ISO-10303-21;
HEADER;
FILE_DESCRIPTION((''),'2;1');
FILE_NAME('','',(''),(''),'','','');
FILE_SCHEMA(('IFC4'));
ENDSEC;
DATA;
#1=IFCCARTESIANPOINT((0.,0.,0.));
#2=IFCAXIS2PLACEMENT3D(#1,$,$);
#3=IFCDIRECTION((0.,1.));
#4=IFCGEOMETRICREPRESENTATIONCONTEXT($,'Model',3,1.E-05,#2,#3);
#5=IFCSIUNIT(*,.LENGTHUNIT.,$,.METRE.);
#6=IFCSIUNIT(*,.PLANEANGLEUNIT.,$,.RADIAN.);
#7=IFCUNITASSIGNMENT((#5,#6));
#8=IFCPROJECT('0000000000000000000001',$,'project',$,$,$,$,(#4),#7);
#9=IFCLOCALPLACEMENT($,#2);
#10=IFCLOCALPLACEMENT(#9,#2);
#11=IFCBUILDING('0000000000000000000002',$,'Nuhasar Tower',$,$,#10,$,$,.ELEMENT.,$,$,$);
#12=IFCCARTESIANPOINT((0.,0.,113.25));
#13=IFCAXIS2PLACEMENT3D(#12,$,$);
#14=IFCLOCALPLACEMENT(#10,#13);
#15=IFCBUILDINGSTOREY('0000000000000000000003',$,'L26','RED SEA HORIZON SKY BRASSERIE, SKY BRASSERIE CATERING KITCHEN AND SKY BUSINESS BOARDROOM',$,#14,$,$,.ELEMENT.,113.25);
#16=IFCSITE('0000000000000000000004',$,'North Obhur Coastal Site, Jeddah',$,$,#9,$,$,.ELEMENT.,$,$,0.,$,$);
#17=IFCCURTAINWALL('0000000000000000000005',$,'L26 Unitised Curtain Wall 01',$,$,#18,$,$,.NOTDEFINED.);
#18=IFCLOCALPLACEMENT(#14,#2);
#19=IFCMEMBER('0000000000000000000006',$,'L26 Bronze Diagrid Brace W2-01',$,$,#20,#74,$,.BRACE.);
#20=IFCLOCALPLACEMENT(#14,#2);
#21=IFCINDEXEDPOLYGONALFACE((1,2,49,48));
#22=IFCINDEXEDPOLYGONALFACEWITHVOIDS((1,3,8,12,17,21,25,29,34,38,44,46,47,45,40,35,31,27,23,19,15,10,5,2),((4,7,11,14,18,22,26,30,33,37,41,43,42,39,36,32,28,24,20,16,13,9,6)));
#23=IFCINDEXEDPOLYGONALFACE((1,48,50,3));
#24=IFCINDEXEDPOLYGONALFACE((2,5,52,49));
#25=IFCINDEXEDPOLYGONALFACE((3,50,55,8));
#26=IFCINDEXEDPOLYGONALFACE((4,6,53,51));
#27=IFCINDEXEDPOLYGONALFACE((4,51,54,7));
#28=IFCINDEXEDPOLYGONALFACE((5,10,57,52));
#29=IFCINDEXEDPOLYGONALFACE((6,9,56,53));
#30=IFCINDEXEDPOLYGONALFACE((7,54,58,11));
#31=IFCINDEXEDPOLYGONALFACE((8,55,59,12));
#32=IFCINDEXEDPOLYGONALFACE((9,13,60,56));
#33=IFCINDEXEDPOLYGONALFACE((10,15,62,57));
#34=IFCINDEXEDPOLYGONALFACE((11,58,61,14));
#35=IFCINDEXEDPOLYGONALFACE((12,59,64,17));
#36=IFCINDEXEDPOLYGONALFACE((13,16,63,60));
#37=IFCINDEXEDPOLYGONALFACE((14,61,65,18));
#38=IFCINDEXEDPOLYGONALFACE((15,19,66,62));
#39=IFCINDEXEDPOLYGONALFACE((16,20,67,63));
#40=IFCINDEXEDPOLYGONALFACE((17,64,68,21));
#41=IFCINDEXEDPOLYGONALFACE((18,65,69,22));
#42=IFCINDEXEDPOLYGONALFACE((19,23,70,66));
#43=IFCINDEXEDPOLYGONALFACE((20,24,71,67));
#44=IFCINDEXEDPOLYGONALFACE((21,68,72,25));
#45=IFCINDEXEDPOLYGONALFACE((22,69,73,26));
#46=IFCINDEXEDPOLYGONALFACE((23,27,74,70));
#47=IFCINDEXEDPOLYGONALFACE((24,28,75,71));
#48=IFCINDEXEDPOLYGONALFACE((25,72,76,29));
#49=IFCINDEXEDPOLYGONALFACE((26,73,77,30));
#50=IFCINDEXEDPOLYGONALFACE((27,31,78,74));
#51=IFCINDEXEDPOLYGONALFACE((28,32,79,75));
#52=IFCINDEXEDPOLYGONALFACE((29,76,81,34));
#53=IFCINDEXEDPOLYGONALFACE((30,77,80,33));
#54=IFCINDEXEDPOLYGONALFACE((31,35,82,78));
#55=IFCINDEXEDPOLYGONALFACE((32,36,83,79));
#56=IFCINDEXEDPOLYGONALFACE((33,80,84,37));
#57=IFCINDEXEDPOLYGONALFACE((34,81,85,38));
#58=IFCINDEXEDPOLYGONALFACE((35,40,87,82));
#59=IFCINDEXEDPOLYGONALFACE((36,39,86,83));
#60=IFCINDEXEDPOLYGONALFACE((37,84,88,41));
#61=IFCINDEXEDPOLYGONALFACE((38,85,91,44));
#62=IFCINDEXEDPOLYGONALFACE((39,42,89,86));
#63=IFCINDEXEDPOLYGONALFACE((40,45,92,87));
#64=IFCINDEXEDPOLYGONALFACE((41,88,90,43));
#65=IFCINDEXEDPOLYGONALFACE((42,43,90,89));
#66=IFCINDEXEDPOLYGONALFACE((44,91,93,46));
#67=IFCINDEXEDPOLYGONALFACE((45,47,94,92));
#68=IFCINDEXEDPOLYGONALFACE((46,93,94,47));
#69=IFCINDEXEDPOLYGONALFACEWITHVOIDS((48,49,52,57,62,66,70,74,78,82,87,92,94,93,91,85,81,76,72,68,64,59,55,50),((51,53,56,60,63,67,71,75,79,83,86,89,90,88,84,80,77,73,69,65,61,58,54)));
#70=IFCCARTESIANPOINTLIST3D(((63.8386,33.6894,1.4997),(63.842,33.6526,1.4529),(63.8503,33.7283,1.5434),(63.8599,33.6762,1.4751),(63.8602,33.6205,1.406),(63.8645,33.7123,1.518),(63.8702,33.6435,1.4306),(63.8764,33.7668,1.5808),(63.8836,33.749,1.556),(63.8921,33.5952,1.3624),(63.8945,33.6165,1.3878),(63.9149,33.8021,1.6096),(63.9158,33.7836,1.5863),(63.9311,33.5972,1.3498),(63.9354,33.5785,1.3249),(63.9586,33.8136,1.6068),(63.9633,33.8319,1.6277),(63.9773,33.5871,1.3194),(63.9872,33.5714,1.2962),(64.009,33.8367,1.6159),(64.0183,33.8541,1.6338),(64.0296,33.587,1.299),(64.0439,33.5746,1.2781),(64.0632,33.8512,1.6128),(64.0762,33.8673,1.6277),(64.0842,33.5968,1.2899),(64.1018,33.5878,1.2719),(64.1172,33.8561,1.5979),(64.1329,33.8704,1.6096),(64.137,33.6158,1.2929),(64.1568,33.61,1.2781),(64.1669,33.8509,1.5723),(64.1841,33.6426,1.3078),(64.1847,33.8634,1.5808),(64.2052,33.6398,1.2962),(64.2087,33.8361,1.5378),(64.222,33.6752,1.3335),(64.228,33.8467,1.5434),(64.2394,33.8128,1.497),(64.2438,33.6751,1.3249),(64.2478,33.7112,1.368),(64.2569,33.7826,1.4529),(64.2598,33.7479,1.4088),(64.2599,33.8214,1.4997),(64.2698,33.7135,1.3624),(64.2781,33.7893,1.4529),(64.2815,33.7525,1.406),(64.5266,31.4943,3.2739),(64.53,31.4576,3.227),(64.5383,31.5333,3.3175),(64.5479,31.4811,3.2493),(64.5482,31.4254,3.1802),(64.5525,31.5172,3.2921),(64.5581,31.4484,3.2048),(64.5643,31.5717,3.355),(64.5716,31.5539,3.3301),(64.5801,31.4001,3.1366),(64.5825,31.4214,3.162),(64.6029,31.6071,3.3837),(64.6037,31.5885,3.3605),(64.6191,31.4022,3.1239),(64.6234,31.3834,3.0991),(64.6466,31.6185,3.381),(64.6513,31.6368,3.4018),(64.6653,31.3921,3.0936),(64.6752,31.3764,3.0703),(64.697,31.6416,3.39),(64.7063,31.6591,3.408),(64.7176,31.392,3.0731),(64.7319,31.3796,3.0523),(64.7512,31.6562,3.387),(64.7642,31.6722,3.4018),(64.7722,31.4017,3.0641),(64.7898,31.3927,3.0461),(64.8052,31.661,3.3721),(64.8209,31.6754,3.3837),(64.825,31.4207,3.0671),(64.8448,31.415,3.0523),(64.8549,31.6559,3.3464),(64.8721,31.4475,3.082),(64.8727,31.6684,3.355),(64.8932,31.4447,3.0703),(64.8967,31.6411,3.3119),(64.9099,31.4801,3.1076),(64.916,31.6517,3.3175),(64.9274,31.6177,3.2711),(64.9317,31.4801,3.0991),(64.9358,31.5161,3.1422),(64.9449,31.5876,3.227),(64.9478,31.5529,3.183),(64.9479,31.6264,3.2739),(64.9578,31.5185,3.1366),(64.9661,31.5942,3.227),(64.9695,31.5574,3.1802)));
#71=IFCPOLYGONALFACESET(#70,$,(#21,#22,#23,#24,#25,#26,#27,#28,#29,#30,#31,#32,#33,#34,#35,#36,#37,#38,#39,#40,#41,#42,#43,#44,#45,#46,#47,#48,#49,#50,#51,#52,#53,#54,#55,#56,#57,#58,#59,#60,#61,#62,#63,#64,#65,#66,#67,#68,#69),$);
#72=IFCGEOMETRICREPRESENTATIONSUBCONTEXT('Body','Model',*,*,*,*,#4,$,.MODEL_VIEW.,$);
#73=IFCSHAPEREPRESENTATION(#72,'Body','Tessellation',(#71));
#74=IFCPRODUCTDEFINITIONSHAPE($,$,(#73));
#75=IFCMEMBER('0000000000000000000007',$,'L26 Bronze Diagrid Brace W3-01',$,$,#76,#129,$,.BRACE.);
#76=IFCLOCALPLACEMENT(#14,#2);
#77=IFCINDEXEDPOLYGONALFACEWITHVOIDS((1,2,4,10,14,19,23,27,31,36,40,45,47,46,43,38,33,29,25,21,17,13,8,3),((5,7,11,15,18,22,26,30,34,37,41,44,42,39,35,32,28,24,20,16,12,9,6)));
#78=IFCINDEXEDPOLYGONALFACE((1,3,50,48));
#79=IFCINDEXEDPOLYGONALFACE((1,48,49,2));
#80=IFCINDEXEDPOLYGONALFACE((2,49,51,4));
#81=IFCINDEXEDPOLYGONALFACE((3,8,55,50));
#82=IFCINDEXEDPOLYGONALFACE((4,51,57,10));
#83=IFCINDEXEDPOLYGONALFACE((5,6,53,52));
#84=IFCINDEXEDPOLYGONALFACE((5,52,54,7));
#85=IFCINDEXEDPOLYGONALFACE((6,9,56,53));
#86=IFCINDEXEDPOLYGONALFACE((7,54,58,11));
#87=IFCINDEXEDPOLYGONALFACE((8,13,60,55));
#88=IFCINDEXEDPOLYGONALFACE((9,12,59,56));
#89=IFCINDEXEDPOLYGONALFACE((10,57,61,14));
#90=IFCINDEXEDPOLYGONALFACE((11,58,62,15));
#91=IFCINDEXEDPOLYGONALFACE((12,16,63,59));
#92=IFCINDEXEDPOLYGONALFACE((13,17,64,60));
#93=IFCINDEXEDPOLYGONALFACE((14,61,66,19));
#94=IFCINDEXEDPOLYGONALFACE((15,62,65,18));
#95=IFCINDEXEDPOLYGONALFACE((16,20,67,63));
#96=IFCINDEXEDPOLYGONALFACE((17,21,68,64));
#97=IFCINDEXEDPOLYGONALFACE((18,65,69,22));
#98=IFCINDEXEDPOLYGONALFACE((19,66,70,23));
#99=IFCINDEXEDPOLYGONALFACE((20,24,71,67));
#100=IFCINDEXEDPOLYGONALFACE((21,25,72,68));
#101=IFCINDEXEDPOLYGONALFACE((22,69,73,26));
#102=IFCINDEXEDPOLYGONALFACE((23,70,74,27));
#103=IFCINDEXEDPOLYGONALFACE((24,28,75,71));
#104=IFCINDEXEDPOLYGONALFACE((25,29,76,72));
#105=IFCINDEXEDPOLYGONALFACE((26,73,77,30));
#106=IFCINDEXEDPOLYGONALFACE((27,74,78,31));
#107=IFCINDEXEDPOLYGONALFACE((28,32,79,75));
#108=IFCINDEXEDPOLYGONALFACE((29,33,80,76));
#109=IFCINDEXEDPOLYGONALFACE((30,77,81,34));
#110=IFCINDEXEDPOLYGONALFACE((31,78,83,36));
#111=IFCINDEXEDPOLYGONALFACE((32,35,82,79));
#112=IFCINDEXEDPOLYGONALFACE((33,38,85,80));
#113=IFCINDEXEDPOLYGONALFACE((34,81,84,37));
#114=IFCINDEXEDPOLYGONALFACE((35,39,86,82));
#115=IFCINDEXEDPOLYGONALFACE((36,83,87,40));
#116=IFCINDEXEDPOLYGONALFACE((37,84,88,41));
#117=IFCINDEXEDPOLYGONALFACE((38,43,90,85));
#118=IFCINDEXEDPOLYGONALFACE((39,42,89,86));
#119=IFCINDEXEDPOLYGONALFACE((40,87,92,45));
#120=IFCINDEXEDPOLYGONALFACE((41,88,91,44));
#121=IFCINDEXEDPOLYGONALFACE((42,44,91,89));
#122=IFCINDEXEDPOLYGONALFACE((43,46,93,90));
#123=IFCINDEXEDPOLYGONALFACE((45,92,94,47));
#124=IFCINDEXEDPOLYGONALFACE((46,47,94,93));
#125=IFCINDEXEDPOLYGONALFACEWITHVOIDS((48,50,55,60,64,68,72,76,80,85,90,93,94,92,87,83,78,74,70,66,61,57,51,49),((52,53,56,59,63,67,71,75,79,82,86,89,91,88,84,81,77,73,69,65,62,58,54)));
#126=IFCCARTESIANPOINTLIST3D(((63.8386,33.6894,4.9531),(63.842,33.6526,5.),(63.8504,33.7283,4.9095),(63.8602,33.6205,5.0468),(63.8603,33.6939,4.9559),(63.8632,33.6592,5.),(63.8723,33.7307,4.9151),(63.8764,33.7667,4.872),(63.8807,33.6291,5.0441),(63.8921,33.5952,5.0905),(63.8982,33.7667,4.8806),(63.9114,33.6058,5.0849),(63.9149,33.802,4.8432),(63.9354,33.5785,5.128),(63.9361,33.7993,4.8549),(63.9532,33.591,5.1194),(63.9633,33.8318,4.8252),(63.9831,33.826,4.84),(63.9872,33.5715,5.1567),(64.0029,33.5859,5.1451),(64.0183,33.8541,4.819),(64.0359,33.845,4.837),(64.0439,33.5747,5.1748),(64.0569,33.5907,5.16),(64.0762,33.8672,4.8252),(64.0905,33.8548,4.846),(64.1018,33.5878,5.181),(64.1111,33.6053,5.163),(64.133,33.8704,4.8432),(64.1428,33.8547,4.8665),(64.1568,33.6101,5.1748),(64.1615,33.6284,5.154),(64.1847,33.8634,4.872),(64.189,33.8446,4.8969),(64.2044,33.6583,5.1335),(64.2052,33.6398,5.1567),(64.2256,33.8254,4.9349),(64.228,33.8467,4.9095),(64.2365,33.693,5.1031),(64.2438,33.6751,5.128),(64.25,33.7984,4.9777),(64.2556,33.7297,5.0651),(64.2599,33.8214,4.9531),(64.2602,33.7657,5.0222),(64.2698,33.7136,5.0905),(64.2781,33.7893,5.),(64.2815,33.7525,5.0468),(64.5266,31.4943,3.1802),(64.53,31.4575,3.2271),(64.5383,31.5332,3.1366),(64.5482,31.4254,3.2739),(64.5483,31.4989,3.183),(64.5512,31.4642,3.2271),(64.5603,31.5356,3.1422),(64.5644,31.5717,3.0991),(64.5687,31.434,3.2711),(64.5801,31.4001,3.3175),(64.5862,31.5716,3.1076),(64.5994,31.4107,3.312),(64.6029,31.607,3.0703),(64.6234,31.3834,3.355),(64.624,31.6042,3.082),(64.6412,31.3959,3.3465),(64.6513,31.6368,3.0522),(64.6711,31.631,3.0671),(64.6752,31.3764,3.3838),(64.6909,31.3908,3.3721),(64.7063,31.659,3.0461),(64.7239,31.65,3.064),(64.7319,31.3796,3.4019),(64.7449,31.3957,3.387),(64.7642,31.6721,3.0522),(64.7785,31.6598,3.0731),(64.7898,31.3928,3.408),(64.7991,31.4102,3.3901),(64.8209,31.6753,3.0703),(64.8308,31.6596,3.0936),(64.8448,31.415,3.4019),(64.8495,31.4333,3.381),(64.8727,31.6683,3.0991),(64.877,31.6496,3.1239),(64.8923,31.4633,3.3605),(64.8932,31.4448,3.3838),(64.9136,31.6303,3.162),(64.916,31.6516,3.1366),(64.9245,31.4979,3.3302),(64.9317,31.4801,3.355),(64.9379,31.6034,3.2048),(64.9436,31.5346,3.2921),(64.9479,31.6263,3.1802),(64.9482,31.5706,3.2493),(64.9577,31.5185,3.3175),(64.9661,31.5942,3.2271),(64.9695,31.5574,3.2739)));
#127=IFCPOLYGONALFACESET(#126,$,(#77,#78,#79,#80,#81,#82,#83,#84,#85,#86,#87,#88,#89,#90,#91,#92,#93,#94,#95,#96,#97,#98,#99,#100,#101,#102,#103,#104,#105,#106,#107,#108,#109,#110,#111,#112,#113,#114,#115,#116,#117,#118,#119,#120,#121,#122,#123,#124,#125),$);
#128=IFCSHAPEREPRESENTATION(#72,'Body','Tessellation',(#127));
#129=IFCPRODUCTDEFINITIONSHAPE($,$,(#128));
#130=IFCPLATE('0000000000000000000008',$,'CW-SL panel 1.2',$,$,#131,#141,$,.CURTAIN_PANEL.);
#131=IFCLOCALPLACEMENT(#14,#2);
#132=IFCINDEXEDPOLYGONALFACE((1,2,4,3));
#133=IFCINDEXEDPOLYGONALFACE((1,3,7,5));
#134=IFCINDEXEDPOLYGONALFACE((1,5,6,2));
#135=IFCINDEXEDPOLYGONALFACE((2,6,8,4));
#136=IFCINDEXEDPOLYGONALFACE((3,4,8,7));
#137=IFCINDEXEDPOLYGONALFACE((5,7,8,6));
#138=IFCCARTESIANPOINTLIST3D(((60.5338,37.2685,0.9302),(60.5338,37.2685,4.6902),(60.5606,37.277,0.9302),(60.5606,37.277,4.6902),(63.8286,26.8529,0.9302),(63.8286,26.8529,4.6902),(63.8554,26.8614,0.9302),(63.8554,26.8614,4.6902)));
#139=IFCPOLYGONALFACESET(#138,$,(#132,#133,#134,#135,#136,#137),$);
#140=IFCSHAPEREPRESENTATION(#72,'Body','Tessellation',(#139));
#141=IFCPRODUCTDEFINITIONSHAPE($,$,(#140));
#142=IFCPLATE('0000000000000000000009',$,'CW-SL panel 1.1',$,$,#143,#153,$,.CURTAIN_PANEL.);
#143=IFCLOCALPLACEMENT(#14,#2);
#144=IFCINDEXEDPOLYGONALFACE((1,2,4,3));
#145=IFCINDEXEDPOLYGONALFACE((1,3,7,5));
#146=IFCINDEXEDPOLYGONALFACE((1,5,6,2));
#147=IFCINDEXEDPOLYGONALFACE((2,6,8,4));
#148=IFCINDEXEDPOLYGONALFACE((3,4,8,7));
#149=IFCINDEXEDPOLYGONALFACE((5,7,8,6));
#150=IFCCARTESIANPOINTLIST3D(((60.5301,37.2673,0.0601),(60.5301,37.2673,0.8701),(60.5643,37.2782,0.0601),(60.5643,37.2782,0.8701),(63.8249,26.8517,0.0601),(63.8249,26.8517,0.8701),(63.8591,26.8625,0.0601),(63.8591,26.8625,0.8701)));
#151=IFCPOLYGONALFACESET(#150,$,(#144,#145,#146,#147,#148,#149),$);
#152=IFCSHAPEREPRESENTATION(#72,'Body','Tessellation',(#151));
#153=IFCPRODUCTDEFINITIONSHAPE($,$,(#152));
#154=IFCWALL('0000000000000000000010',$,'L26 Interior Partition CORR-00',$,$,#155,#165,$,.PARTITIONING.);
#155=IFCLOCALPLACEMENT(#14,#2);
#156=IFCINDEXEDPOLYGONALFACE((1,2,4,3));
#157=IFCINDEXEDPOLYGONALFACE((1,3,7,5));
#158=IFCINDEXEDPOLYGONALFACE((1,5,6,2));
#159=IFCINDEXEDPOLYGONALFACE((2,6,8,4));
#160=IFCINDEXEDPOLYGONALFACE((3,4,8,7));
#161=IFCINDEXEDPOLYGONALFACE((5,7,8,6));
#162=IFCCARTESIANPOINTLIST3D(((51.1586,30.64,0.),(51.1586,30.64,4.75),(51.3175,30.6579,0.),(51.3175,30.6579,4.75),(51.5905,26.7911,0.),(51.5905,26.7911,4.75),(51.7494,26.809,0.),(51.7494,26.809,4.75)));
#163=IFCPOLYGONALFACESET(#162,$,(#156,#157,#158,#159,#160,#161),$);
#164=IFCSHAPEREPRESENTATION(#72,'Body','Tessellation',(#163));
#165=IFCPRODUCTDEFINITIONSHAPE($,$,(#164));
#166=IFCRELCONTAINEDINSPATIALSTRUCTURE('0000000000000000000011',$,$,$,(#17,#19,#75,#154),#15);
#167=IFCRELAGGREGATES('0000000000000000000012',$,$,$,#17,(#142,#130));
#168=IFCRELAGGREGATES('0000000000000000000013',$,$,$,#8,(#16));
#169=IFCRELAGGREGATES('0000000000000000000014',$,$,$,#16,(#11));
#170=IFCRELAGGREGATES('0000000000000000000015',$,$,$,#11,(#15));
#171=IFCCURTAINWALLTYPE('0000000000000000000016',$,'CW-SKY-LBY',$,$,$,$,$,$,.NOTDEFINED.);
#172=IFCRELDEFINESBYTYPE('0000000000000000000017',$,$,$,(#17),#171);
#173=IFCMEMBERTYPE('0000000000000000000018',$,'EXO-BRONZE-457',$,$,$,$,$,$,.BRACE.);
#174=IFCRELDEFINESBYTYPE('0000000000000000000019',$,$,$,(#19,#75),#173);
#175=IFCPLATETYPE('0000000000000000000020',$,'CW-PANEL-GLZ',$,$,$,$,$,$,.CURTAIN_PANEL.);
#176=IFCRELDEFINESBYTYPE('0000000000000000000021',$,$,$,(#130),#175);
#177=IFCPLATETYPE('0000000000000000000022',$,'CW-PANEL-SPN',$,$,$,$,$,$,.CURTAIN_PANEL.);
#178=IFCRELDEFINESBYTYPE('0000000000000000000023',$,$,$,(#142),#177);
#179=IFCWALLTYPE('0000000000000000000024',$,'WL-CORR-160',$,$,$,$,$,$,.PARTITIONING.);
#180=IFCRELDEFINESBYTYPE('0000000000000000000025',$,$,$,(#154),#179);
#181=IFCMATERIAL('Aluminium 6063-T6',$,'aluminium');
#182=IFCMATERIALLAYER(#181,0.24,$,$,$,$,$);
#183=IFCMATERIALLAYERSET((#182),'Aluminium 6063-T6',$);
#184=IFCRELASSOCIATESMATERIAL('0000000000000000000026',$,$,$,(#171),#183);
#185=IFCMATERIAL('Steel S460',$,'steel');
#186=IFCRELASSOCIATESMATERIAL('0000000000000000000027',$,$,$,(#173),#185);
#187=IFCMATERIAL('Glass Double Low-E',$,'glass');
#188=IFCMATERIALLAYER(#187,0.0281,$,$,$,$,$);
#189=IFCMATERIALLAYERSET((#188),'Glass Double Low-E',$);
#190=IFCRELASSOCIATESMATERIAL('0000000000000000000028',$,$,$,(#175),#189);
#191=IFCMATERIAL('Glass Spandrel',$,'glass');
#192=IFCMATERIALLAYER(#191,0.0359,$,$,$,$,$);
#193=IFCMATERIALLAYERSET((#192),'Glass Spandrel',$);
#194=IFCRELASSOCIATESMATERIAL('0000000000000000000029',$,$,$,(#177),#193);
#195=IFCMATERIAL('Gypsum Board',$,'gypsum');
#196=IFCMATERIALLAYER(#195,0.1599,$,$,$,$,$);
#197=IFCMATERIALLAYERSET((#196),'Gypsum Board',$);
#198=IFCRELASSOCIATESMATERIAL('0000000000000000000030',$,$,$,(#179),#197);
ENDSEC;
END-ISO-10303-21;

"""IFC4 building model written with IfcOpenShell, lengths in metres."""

from ifc_helpers import new_model, si_unit, direction, frame, frame_2d, origin, origin_2d, place, context, subcontext, project, spatial, rectangle, hollow_circle, extrude, material, layer, layer_set, material_profile, profile_set, type_object, element, aggregate, save


model = new_model("IFC4")

# Units and contexts
model_context = context("Model", 3, precision=1e-05, world=origin(), true_north=direction((0.0, 1.0)))
body_context = subcontext(model_context, "Body", "Model", "MODEL_VIEW")
ifc_project = project(units=[si_unit("LENGTHUNIT", "METRE"), si_unit("PLANEANGLEUNIT", "RADIAN")], contexts=[model_context])

# Site, building, storey
site_placement = place(None, origin())
site = spatial("IfcSite", under=ifc_project, at=site_placement, Name="North Obhur Coastal Site, Jeddah", CompositionType="ELEMENT", RefElevation=0.0)
building_placement = place(site_placement, origin())
building = spatial("IfcBuilding", under=site, at=building_placement, Name="Nuhasar Tower", CompositionType="ELEMENT")
storey_placement = place(building_placement, frame((0.0, 0.0, 113.25)))
storey = spatial("IfcBuildingStorey", under=building, at=storey_placement, Name="L26", Description="RED SEA HORIZON SKY BRASSERIE, SKY BRASSERIE CATERING KITCHEN AND SKY BUSINESS BOARDROOM", CompositionType="ELEMENT", Elevation=113.25)

# Shared definitions
ifc_material_1 = material(Name="Steel S460", Category="steel")

# Curtain wall
ifc_material_2 = material(Name="Aluminium 6063-T6", Category="aluminium")
ifc_layer_1 = layer(ifc_material_2, 0.24)
ifc_layer_set_1 = layer_set([ifc_layer_1], Name="Aluminium 6063-T6")
curtain_wall_type = type_object("IfcCurtainWallType", Name="CW-SKY-LBY", PredefinedType="NOTDEFINED", material=ifc_layer_set_1)
curtain_wall_1_placement = place(storey_placement, origin())
curtain_wall_1 = element("IfcCurtainWall", 1, at=curtain_wall_1_placement, inside=storey, type_object=curtain_wall_type, Name="L26 Unitised Curtain Wall 01", PredefinedType="NOTDEFINED")

# Members
ifc_material_profile_1 = material_profile(ifc_material_1, hollow_circle(Radius=0.2285, WallThickness=0.0222, at=origin_2d()), Name="HSS457X22.2")
ifc_profile_set_1 = profile_set([ifc_material_profile_1], Name="Steel S460")
member_type_1 = type_object("IfcMemberType", Name="EXO-BRONZE-457", PredefinedType="BRACE", material=ifc_profile_set_1)
member_1_placement = place(storey_placement, frame((64.0601, 33.7209, 1.4529), z_axis=(0.236825, -0.755604, 0.610719), x_axis=(0.954228, 0.299079, 0.0)))
element("IfcMember", 2, at=member_1_placement, inside=storey, type_object=member_type_1, Name="L26 Bronze Diagrid Brace W2-01", PredefinedType="BRACE", context=body_context, shape_type="SweptSolid", body=[
    extrude(hollow_circle(Radius=0.2285, WallThickness=0.0222, at=origin_2d()), origin(), (0.0, 0.0, 1.0), 2.905),
])
member_2_placement = place(storey_placement, frame((64.748, 31.5259, 3.2271), z_axis=(-0.236885, 0.755798, 0.610455), x_axis=(-0.954228, -0.299079, 0.0)))
element("IfcMember", 3, at=member_2_placement, inside=storey, type_object=member_type_1, Name="L26 Bronze Diagrid Brace W3-01", PredefinedType="BRACE", context=body_context, shape_type="SweptSolid", body=[
    extrude(hollow_circle(Radius=0.2285, WallThickness=0.0222, at=origin_2d()), origin(), (0.0, 0.0, 1.0), 2.9043),
])

# Plates
ifc_material_3 = material(Name="Glass Double Low-E", Category="glass")
ifc_layer_2 = layer(ifc_material_3, 0.0281)
ifc_layer_set_2 = layer_set([ifc_layer_2], Name="Glass Double Low-E")
plate_type_1 = type_object("IfcPlateType", Name="CW-PANEL-GLZ", PredefinedType="CURTAIN_PANEL", material=ifc_layer_set_2)
plate_1_placement = place(storey_placement, frame((62.1946, 32.0649, 0.9302), z_axis=(0.0, 0.0, 1.0), x_axis=(-0.301604, 0.953433, 0.0)))
plate_1 = element("IfcPlate", 4, at=plate_1_placement, type_object=plate_type_1, Name="CW-SL panel 1.2", PredefinedType="CURTAIN_PANEL", context=body_context, shape_type="SweptSolid", body=[
    extrude(rectangle(XDim=10.9243, YDim=0.0281, at=origin_2d()), origin(), (0.0, 0.0, 1.0), 3.76),
])
ifc_material_4 = material(Name="Glass Spandrel", Category="glass")
ifc_layer_3 = layer(ifc_material_4, 0.0359)
ifc_layer_set_3 = layer_set([ifc_layer_3], Name="Glass Spandrel")
plate_type_2 = type_object("IfcPlateType", Name="CW-PANEL-SPN", PredefinedType="CURTAIN_PANEL", material=ifc_layer_set_3)
plate_2_placement = place(storey_placement, frame((62.1946, 32.0649, 0.0601), z_axis=(0.0, 0.0, 1.0), x_axis=(-0.301604, 0.953433, 0.0)))
plate_2 = element("IfcPlate", 5, at=plate_2_placement, type_object=plate_type_2, Name="CW-SL panel 1.1", PredefinedType="CURTAIN_PANEL", context=body_context, shape_type="SweptSolid", body=[
    extrude(rectangle(XDim=10.9243, YDim=0.0359, at=origin_2d()), origin(), (0.0, 0.0, 1.0), 0.8101),
])
aggregate(curtain_wall_1, [plate_2, plate_1])

# Wall
ifc_material_5 = material(Name="Gypsum Board", Category="gypsum")
ifc_layer_4 = layer(ifc_material_5, 0.1599)
ifc_layer_set_4 = layer_set([ifc_layer_4], Name="Gypsum Board")
wall_type_1 = type_object("IfcWallType", Name="WL-CORR-160", PredefinedType="PARTITIONING", material=ifc_layer_set_4)
wall_1_placement = place(storey_placement, frame((51.6699, 26.8, 0.0), z_axis=(0.0, 0.0, 1.0), x_axis=(-0.111511, 0.993763, 0.0)))
element("IfcWall", 6, at=wall_1_placement, inside=storey, type_object=wall_type_1, Name="L26 Interior Partition CORR-00", PredefinedType="PARTITIONING", context=body_context, shape_type="SweptSolid", body=[
    extrude(rectangle(XDim=3.873, YDim=0.1599, at=frame_2d((1.9365, 0.0))), origin(), (0.0, 0.0, 1.0), 4.75),
])

save(model, "model.ifc")
